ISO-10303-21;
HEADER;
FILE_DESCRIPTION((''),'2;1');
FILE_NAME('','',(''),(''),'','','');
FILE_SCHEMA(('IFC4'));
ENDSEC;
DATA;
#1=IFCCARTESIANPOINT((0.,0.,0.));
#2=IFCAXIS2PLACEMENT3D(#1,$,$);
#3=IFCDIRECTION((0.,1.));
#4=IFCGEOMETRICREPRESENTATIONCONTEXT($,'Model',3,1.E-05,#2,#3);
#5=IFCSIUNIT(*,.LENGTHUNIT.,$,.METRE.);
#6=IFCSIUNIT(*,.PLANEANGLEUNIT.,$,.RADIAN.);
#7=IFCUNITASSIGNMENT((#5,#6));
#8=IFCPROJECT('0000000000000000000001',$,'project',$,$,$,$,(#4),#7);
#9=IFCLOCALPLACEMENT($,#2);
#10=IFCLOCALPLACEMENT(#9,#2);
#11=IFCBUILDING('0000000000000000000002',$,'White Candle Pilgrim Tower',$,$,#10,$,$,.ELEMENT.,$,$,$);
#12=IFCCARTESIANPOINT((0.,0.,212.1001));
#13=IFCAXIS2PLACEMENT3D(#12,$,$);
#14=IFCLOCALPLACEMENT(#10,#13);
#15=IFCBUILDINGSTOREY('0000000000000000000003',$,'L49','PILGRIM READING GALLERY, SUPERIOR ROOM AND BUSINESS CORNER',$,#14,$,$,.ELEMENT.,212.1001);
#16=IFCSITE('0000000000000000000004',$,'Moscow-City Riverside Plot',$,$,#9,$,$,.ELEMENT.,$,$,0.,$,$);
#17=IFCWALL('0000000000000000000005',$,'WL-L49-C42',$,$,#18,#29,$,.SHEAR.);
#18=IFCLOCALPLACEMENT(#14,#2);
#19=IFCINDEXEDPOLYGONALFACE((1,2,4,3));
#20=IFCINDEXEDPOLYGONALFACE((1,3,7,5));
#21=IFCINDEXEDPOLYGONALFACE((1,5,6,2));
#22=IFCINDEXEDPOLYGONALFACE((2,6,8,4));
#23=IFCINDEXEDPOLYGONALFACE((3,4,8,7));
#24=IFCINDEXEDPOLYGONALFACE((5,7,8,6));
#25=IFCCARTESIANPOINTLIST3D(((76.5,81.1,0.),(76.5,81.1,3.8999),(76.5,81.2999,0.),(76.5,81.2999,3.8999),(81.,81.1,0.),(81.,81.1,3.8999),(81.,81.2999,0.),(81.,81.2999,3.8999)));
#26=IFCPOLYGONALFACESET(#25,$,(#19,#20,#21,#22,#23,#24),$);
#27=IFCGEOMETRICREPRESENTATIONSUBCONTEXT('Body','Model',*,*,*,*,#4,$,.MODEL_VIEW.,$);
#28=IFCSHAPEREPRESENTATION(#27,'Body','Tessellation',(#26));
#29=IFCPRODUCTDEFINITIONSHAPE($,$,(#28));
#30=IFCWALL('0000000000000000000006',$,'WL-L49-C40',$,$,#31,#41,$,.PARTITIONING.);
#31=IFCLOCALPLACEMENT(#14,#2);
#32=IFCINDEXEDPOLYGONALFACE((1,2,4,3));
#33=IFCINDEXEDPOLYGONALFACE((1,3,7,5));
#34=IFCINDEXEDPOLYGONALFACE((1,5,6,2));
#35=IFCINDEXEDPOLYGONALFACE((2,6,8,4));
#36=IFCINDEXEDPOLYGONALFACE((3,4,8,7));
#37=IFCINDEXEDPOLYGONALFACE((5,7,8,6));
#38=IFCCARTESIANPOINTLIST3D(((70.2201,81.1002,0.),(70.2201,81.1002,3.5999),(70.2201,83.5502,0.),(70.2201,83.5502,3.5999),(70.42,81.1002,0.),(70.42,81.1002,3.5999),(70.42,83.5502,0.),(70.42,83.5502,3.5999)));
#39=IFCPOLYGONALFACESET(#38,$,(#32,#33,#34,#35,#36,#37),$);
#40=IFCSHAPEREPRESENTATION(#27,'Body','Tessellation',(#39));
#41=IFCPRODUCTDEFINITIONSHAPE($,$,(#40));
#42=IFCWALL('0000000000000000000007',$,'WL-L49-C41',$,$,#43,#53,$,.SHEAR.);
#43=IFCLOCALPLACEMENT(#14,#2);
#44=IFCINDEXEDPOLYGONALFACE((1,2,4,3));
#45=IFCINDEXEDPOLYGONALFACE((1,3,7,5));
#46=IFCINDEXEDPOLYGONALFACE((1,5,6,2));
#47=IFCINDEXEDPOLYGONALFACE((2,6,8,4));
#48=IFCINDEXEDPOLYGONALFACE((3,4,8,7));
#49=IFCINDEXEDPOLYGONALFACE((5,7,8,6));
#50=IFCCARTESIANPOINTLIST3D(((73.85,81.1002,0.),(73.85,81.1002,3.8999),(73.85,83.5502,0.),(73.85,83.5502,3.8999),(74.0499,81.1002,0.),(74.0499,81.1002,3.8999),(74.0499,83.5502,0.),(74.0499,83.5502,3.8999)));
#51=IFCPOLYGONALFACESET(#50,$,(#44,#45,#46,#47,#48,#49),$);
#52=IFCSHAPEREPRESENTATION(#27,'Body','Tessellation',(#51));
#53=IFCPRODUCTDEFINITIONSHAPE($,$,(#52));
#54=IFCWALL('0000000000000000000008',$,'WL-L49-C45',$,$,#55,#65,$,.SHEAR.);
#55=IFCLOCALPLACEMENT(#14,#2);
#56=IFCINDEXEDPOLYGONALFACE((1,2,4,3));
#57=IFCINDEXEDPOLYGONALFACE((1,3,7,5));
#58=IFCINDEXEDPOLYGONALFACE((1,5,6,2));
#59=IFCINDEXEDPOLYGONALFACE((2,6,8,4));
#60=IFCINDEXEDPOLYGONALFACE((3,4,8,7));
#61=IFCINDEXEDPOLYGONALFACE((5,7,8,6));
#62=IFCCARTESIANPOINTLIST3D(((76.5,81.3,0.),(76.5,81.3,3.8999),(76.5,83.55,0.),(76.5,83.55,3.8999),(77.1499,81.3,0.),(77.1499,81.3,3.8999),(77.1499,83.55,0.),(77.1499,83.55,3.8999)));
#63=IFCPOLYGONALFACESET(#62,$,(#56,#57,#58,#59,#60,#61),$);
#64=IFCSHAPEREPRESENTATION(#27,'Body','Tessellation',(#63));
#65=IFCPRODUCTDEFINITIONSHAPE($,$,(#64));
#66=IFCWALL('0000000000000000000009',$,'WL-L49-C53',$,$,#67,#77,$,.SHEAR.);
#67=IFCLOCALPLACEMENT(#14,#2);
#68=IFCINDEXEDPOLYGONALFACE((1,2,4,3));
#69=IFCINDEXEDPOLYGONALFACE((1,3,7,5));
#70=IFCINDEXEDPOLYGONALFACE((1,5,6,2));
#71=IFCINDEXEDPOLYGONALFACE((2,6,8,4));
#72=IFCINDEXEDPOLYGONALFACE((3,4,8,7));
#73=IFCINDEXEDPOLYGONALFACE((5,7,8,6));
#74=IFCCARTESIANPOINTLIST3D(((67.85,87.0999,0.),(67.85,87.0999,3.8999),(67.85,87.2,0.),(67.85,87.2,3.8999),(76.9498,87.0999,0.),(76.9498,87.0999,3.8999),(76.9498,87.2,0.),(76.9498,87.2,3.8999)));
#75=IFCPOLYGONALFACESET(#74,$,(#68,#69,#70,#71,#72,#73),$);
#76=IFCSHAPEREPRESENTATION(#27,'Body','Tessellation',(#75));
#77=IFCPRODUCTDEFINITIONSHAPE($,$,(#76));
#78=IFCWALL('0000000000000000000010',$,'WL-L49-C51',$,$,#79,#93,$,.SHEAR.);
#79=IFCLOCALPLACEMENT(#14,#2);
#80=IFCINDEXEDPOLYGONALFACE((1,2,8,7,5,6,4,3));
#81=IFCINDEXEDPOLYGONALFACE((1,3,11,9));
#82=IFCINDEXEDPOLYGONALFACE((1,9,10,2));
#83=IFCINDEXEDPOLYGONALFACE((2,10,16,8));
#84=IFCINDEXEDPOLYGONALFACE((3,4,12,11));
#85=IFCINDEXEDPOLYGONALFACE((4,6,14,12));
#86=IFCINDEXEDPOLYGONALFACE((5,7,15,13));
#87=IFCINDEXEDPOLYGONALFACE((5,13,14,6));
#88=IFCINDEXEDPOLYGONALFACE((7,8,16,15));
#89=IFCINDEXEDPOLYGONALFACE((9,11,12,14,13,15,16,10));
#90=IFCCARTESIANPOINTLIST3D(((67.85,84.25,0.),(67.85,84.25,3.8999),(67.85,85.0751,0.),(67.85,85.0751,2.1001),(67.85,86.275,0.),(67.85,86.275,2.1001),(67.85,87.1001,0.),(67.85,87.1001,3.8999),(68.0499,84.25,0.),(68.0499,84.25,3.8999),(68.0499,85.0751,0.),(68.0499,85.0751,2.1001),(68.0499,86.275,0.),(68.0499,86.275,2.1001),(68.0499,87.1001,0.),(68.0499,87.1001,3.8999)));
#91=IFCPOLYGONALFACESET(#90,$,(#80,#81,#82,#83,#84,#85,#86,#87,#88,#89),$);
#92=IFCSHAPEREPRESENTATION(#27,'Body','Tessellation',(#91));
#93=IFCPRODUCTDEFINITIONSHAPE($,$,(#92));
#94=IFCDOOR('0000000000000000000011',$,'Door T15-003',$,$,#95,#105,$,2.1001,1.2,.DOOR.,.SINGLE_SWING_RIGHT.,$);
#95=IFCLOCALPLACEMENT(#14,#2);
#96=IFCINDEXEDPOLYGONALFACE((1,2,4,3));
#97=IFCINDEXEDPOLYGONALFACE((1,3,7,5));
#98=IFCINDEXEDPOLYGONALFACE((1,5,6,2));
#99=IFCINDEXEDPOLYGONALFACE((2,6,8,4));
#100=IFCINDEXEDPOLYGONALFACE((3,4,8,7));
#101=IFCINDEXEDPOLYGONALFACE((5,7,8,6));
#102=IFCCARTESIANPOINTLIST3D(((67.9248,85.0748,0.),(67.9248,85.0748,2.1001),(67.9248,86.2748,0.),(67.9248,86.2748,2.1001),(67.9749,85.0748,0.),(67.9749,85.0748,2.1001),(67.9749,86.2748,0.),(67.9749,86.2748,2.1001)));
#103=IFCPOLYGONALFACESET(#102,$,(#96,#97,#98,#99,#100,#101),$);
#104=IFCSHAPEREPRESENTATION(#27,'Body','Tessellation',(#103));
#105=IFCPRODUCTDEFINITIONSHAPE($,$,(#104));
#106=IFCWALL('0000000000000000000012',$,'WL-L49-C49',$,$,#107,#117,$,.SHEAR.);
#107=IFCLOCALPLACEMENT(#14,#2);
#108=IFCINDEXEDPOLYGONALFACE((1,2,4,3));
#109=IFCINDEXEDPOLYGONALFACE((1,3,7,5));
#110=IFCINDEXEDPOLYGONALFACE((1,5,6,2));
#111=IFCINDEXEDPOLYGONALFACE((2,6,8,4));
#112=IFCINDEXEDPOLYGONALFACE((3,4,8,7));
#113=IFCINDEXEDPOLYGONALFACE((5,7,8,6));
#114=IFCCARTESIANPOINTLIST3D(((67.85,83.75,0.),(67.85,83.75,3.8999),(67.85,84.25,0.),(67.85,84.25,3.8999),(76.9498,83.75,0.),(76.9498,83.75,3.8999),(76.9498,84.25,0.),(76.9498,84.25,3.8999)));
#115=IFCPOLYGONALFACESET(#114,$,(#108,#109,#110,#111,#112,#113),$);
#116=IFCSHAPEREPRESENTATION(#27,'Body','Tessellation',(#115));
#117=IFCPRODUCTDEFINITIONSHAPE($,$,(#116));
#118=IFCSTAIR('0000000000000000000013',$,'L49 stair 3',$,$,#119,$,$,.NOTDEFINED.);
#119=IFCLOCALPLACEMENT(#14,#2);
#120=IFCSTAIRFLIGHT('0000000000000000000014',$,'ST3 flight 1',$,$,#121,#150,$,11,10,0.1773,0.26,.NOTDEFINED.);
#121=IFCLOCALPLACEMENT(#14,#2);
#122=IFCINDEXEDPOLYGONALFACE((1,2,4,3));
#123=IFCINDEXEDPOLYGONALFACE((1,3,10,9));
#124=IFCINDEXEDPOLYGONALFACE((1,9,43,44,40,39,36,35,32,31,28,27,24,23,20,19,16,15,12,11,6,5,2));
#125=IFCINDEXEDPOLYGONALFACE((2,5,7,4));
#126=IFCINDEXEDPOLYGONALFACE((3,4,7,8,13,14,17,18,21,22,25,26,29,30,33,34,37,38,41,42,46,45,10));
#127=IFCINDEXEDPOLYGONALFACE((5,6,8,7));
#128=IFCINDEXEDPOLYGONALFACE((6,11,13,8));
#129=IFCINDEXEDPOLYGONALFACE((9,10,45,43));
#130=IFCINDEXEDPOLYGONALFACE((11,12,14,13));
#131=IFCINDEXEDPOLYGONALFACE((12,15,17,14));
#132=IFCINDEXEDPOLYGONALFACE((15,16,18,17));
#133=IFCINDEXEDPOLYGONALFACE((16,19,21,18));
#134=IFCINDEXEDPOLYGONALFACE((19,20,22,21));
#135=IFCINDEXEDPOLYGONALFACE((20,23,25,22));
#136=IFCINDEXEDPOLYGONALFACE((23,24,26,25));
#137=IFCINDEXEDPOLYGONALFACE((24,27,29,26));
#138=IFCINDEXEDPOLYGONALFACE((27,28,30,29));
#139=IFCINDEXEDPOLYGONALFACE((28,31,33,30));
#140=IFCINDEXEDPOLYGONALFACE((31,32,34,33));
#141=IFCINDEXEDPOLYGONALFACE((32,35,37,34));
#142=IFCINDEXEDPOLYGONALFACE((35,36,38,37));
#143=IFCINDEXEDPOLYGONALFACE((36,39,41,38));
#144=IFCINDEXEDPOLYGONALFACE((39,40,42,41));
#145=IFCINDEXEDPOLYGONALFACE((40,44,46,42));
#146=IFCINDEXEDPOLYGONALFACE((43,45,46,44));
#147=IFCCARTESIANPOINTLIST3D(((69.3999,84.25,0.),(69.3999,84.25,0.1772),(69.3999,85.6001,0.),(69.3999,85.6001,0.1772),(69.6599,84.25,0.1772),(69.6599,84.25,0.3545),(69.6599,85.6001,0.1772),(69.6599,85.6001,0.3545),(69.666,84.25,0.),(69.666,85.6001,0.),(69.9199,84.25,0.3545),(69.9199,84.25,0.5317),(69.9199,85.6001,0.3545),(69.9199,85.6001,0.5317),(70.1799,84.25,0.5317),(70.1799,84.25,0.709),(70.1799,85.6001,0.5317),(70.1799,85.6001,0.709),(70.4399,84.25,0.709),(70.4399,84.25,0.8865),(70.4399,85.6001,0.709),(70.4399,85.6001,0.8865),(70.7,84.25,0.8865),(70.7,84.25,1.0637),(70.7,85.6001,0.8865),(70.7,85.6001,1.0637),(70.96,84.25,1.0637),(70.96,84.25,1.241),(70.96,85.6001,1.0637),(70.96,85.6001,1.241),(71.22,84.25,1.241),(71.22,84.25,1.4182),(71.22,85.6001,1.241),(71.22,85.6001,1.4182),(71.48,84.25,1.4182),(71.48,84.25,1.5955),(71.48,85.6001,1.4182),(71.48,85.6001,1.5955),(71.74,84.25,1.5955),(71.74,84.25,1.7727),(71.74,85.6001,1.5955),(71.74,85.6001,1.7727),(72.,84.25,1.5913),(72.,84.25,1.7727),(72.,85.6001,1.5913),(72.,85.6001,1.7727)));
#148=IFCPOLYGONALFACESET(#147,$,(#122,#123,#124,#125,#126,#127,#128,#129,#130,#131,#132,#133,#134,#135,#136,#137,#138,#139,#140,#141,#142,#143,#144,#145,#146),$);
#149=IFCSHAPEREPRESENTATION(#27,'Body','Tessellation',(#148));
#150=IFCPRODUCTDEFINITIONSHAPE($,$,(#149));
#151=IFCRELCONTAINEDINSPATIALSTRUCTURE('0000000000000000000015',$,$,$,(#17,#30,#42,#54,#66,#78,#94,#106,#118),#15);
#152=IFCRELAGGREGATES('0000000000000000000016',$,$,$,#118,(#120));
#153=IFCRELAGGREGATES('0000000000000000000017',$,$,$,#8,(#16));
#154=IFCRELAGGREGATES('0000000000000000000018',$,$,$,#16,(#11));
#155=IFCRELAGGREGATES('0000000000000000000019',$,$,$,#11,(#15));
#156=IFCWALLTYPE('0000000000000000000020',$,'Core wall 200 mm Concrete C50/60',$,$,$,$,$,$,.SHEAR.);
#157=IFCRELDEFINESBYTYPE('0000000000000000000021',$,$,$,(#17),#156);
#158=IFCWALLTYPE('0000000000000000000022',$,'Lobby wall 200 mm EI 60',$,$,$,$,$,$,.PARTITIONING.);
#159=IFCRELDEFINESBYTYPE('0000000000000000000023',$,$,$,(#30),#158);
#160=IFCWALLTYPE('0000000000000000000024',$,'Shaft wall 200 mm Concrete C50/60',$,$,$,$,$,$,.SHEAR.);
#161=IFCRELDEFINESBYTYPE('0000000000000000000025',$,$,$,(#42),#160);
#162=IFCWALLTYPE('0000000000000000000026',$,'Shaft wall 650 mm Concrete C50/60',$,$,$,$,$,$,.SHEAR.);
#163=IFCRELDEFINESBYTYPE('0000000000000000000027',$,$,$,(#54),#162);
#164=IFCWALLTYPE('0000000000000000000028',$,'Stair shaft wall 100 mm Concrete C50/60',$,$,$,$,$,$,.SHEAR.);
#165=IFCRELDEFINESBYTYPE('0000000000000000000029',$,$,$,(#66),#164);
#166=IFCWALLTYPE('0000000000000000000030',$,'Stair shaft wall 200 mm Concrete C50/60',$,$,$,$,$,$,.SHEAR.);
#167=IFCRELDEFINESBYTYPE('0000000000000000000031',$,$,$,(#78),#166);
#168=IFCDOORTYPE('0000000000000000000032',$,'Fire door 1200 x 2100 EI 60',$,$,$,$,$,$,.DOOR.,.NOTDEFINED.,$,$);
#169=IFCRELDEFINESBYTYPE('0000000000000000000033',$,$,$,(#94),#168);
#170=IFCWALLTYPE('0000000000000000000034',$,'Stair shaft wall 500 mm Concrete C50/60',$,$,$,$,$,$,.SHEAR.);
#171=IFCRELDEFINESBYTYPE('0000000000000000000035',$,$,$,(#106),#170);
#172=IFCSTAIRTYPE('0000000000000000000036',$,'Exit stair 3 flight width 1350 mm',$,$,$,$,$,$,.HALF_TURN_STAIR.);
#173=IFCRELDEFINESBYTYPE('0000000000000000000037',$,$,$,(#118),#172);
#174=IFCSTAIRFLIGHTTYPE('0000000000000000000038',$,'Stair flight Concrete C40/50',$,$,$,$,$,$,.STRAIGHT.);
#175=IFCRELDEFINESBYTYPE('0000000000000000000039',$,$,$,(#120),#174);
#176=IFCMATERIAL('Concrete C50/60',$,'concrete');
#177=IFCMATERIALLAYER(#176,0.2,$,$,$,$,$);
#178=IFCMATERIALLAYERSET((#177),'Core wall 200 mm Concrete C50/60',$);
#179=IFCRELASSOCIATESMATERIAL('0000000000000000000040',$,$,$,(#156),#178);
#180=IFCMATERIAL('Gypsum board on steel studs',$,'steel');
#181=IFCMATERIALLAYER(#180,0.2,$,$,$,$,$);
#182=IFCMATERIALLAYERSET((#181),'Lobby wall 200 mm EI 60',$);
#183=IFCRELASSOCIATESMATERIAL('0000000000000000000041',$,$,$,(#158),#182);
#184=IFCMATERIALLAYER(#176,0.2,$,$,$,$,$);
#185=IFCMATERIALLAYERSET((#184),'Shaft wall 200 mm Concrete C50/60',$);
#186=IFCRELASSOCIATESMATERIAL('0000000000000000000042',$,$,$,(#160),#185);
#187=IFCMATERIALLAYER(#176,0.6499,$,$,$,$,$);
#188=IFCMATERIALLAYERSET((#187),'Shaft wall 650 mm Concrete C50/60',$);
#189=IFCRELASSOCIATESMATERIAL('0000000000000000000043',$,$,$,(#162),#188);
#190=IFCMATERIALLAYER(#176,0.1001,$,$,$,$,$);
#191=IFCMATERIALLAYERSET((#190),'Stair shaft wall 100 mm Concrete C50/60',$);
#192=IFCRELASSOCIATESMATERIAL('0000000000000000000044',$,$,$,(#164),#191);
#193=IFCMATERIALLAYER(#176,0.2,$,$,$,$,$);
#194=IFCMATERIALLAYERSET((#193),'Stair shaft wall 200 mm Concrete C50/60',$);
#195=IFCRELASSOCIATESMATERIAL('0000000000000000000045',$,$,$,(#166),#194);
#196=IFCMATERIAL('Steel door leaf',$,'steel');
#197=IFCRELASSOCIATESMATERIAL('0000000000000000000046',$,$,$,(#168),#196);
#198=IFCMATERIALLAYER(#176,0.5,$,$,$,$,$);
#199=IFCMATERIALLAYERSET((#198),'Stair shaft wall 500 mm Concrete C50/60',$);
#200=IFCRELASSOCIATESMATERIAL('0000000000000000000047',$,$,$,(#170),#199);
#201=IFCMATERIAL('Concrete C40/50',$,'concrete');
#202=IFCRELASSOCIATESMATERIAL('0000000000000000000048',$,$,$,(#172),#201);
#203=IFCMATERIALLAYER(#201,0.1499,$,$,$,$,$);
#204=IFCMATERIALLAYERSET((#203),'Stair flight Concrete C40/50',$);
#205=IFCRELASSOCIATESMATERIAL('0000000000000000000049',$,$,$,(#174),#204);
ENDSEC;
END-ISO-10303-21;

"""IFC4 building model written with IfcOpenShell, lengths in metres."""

from ifc_helpers import new_model, si_unit, direction, frame, frame_2d, origin, place, context, subcontext, project, spatial, polyline, rectangle, outline, extrude, material, layer, layer_set, type_object, element, fill, aggregate, save


model = new_model("IFC4")

# Units and contexts
model_context = context("Model", 3, precision=1e-05, world=origin(), true_north=direction((0.0, 1.0)))
body_context = subcontext(model_context, "Body", "Model", "MODEL_VIEW")
ifc_project = project(units=[si_unit("LENGTHUNIT", "METRE"), si_unit("PLANEANGLEUNIT", "RADIAN")], contexts=[model_context])

# Site, building, storey
site_placement = place(None, origin())
site = spatial("IfcSite", under=ifc_project, at=site_placement, Name="Moscow-City Riverside Plot", CompositionType="ELEMENT", RefElevation=0.0)
building_placement = place(site_placement, origin())
building = spatial("IfcBuilding", under=site, at=building_placement, Name="White Candle Pilgrim Tower", CompositionType="ELEMENT")
storey_placement = place(building_placement, frame((0.0, 0.0, 212.1001)))
storey = spatial("IfcBuildingStorey", under=building, at=storey_placement, Name="L49", Description="PILGRIM READING GALLERY, SUPERIOR ROOM AND BUSINESS CORNER", CompositionType="ELEMENT", Elevation=212.1001)

# Walls
ifc_material_1 = material(Name="Concrete C50/60", Category="concrete")
ifc_layer_1 = layer(ifc_material_1, 0.2)
ifc_layer_set_1 = layer_set([ifc_layer_1], Name="Core wall 200 mm Concrete C50/60")
wall_type_1 = type_object("IfcWallType", Name="Core wall 200 mm Concrete C50/60", PredefinedType="SHEAR", material=ifc_layer_set_1)
wall_1_placement = place(storey_placement, frame((76.5, 81.2, 0.0), z_axis=(0.0, 0.0, 1.0), x_axis=(1.0, 0.0, 0.0)))
element("IfcWall", 1, at=wall_1_placement, inside=storey, type_object=wall_type_1, Name="WL-L49-C42", PredefinedType="SHEAR", context=body_context, shape_type="SweptSolid", body=[
    extrude(rectangle(XDim=4.5, YDim=0.2, at=frame_2d((2.25, 0.0))), origin(), (0.0, 0.0, 1.0), 3.8999),
])
ifc_material_2 = material(Name="Gypsum board on steel studs", Category="steel")
ifc_layer_2 = layer(ifc_material_2, 0.2)
ifc_layer_set_2 = layer_set([ifc_layer_2], Name="Lobby wall 200 mm EI 60")
wall_type_2 = type_object("IfcWallType", Name="Lobby wall 200 mm EI 60", PredefinedType="PARTITIONING", material=ifc_layer_set_2)
wall_2_placement = place(storey_placement, frame((70.3201, 81.1001, 0.0), z_axis=(0.0, 0.0, 1.0), x_axis=(0.0, 1.0, 0.0)))
element("IfcWall", 2, at=wall_2_placement, inside=storey, type_object=wall_type_2, Name="WL-L49-C40", PredefinedType="PARTITIONING", context=body_context, shape_type="SweptSolid", body=[
    extrude(rectangle(XDim=2.45, YDim=0.2, at=frame_2d((1.2251, 0.0))), origin(), (0.0, 0.0, 1.0), 3.5999),
])
ifc_layer_3 = layer(ifc_material_1, 0.2)
ifc_layer_set_3 = layer_set([ifc_layer_3], Name="Shaft wall 200 mm Concrete C50/60")
wall_type_3 = type_object("IfcWallType", Name="Shaft wall 200 mm Concrete C50/60", PredefinedType="SHEAR", material=ifc_layer_set_3)
wall_3_placement = place(storey_placement, frame((73.95, 81.1001, 0.0), z_axis=(0.0, 0.0, 1.0), x_axis=(0.0, 1.0, 0.0)))
element("IfcWall", 3, at=wall_3_placement, inside=storey, type_object=wall_type_3, Name="WL-L49-C41", PredefinedType="SHEAR", context=body_context, shape_type="SweptSolid", body=[
    extrude(rectangle(XDim=2.45, YDim=0.2, at=frame_2d((1.2251, 0.0))), origin(), (0.0, 0.0, 1.0), 3.8999),
])
ifc_layer_4 = layer(ifc_material_1, 0.6499)
ifc_layer_set_4 = layer_set([ifc_layer_4], Name="Shaft wall 650 mm Concrete C50/60")
wall_type_4 = type_object("IfcWallType", Name="Shaft wall 650 mm Concrete C50/60", PredefinedType="SHEAR", material=ifc_layer_set_4)
wall_4_placement = place(storey_placement, frame((76.825, 81.3, 0.0), z_axis=(0.0, 0.0, 1.0), x_axis=(0.0, 1.0, 0.0)))
element("IfcWall", 4, at=wall_4_placement, inside=storey, type_object=wall_type_4, Name="WL-L49-C45", PredefinedType="SHEAR", context=body_context, shape_type="SweptSolid", body=[
    extrude(rectangle(XDim=2.25, YDim=0.6499, at=frame_2d((1.125, 0.0))), origin(), (0.0, 0.0, 1.0), 3.8999),
])
ifc_layer_5 = layer(ifc_material_1, 0.1001)
ifc_layer_set_5 = layer_set([ifc_layer_5], Name="Stair shaft wall 100 mm Concrete C50/60")
wall_type_5 = type_object("IfcWallType", Name="Stair shaft wall 100 mm Concrete C50/60", PredefinedType="SHEAR", material=ifc_layer_set_5)
wall_5_placement = place(storey_placement, frame((67.8501, 87.1499, 0.0), z_axis=(0.0, 0.0, 1.0), x_axis=(1.0, 0.0, 0.0)))
element("IfcWall", 5, at=wall_5_placement, inside=storey, type_object=wall_type_5, Name="WL-L49-C53", PredefinedType="SHEAR", context=body_context, shape_type="SweptSolid", body=[
    extrude(rectangle(XDim=9.0999, YDim=0.1001, at=frame_2d((4.5498, 0.0))), origin(), (0.0, 0.0, 1.0), 3.8999),
])

# Wall, opening, door
ifc_layer_6 = layer(ifc_material_1, 0.2)
ifc_layer_set_6 = layer_set([ifc_layer_6], Name="Stair shaft wall 200 mm Concrete C50/60")
wall_type_6 = type_object("IfcWallType", Name="Stair shaft wall 200 mm Concrete C50/60", PredefinedType="SHEAR", material=ifc_layer_set_6)
wall_6_placement = place(storey_placement, frame((67.95, 84.25, 0.0), z_axis=(0.0, 0.0, 1.0), x_axis=(0.0, 1.0, 0.0)))
wall_6 = element("IfcWall", 6, at=wall_6_placement, inside=storey, type_object=wall_type_6, Name="WL-L49-C51", PredefinedType="SHEAR", context=body_context, shape_type="SweptSolid", body=[
    extrude(rectangle(XDim=2.8501, YDim=0.2, at=frame_2d((1.425, 0.0))), origin(), (0.0, 0.0, 1.0), 3.8999),
])
opening_placement = place(wall_6_placement, frame((0.825, 0.0, 0.0)))
opening = element("IfcOpeningElement", 7, at=opening_placement, cuts=wall_6, PredefinedType="OPENING", context=body_context, shape_type="SweptSolid", body=[
    extrude(rectangle(XDim=1.2, YDim=2.1001, at=frame_2d((0.6001, 1.05))), frame((0.0, 0.1099, 0.0), z_axis=(0.0, -1.0, 0.0), x_axis=(1.0, 0.0, 0.0)), (0.0, 0.0, 1.0), 0.22),
])
ifc_material_3 = material(Name="Steel door leaf", Category="steel")
door_type = type_object("IfcDoorType", Name="Fire door 1200 x 2100 EI 60", OperationType="NOTDEFINED", PredefinedType="DOOR", material=ifc_material_3)
door_placement = place(opening_placement, frame((1.2, 0.0, 0.0), z_axis=(0.0, 0.0, 1.0), x_axis=(-1.0, 0.0, 0.0)))
door = element("IfcDoor", 8, at=door_placement, inside=storey, type_object=door_type, Name="Door T15-003", OperationType="SINGLE_SWING_RIGHT", OverallHeight=2.1001, OverallWidth=1.2, PredefinedType="DOOR", context=body_context, shape_type="SweptSolid", body=[
    extrude(rectangle(XDim=1.2, YDim=2.1001, at=frame_2d((0.6001, 1.05))), frame((0.0, 0.0249, 0.0), z_axis=(0.0, -1.0, 0.0), x_axis=(1.0, 0.0, 0.0)), (0.0, 0.0, 1.0), 0.05),
])
fill(opening, door)

# Wall
ifc_layer_7 = layer(ifc_material_1, 0.5)
ifc_layer_set_7 = layer_set([ifc_layer_7], Name="Stair shaft wall 500 mm Concrete C50/60")
wall_type_7 = type_object("IfcWallType", Name="Stair shaft wall 500 mm Concrete C50/60", PredefinedType="SHEAR", material=ifc_layer_set_7)
wall_7_placement = place(storey_placement, frame((67.8501, 84.0, 0.0), z_axis=(0.0, 0.0, 1.0), x_axis=(1.0, 0.0, 0.0)))
element("IfcWall", 9, at=wall_7_placement, inside=storey, type_object=wall_type_7, Name="WL-L49-C49", PredefinedType="SHEAR", context=body_context, shape_type="SweptSolid", body=[
    extrude(rectangle(XDim=9.0999, YDim=0.5, at=frame_2d((4.5498, 0.0))), origin(), (0.0, 0.0, 1.0), 3.8999),
])

# Stair, stair flight
ifc_material_4 = material(Name="Concrete C40/50", Category="concrete")
stair_type = type_object("IfcStairType", Name="Exit stair 3 flight width 1350 mm", PredefinedType="HALF_TURN_STAIR", material=ifc_material_4)
stair_placement = place(storey_placement, origin())
stair = element("IfcStair", 10, at=stair_placement, inside=storey, type_object=stair_type, Name="L49 stair 3", PredefinedType="NOTDEFINED")
ifc_layer_8 = layer(ifc_material_4, 0.1499)
ifc_layer_set_8 = layer_set([ifc_layer_8], Name="Stair flight Concrete C40/50")
stair_flight_type = type_object("IfcStairFlightType", Name="Stair flight Concrete C40/50", PredefinedType="STRAIGHT", material=ifc_layer_set_8)
stair_flight_1_placement = place(storey_placement, frame((69.3999, 84.925, 0.0), z_axis=(0.0, 0.0, 1.0), x_axis=(1.0, 0.0, 0.0)))
stair_flight_1 = element("IfcStairFlight", 11, at=stair_flight_1_placement, type_object=stair_flight_type, Name="ST3 flight 1", NumberOfRisers=11, NumberOfTreads=10, PredefinedType="NOTDEFINED", RiserHeight=0.1773, TreadLength=0.26, context=body_context, shape_type="SweptSolid", body=[
    extrude(outline(polyline([(0.0, 0.0), (0.0, 0.1772), (0.26, 0.1772), (0.26, 0.3545), (0.52, 0.3545), (0.52, 0.5317), (0.78, 0.5317), (0.78, 0.709), (1.04, 0.709), (1.04, 0.8865), (1.3, 0.8865), (1.3, 1.0637), (1.5601, 1.0637), (1.5601, 1.241), (1.8201, 1.241), (1.8201, 1.4182), (2.0801, 1.4182), (2.0801, 1.5955), (2.3401, 1.5955), (2.3401, 1.7727), (2.6001, 1.7727), (2.6001, 1.95), (2.6001, 1.5913), (0.2661, 0.0), (0.0, 0.0)])), frame((0.0, 0.675, 0.0), z_axis=(0.0, -1.0, 0.0), x_axis=(1.0, 0.0, 0.0)), (0.0, 0.0, 1.0), 1.3501),
])
aggregate(stair, [stair_flight_1])

save(model, "model.ifc")
